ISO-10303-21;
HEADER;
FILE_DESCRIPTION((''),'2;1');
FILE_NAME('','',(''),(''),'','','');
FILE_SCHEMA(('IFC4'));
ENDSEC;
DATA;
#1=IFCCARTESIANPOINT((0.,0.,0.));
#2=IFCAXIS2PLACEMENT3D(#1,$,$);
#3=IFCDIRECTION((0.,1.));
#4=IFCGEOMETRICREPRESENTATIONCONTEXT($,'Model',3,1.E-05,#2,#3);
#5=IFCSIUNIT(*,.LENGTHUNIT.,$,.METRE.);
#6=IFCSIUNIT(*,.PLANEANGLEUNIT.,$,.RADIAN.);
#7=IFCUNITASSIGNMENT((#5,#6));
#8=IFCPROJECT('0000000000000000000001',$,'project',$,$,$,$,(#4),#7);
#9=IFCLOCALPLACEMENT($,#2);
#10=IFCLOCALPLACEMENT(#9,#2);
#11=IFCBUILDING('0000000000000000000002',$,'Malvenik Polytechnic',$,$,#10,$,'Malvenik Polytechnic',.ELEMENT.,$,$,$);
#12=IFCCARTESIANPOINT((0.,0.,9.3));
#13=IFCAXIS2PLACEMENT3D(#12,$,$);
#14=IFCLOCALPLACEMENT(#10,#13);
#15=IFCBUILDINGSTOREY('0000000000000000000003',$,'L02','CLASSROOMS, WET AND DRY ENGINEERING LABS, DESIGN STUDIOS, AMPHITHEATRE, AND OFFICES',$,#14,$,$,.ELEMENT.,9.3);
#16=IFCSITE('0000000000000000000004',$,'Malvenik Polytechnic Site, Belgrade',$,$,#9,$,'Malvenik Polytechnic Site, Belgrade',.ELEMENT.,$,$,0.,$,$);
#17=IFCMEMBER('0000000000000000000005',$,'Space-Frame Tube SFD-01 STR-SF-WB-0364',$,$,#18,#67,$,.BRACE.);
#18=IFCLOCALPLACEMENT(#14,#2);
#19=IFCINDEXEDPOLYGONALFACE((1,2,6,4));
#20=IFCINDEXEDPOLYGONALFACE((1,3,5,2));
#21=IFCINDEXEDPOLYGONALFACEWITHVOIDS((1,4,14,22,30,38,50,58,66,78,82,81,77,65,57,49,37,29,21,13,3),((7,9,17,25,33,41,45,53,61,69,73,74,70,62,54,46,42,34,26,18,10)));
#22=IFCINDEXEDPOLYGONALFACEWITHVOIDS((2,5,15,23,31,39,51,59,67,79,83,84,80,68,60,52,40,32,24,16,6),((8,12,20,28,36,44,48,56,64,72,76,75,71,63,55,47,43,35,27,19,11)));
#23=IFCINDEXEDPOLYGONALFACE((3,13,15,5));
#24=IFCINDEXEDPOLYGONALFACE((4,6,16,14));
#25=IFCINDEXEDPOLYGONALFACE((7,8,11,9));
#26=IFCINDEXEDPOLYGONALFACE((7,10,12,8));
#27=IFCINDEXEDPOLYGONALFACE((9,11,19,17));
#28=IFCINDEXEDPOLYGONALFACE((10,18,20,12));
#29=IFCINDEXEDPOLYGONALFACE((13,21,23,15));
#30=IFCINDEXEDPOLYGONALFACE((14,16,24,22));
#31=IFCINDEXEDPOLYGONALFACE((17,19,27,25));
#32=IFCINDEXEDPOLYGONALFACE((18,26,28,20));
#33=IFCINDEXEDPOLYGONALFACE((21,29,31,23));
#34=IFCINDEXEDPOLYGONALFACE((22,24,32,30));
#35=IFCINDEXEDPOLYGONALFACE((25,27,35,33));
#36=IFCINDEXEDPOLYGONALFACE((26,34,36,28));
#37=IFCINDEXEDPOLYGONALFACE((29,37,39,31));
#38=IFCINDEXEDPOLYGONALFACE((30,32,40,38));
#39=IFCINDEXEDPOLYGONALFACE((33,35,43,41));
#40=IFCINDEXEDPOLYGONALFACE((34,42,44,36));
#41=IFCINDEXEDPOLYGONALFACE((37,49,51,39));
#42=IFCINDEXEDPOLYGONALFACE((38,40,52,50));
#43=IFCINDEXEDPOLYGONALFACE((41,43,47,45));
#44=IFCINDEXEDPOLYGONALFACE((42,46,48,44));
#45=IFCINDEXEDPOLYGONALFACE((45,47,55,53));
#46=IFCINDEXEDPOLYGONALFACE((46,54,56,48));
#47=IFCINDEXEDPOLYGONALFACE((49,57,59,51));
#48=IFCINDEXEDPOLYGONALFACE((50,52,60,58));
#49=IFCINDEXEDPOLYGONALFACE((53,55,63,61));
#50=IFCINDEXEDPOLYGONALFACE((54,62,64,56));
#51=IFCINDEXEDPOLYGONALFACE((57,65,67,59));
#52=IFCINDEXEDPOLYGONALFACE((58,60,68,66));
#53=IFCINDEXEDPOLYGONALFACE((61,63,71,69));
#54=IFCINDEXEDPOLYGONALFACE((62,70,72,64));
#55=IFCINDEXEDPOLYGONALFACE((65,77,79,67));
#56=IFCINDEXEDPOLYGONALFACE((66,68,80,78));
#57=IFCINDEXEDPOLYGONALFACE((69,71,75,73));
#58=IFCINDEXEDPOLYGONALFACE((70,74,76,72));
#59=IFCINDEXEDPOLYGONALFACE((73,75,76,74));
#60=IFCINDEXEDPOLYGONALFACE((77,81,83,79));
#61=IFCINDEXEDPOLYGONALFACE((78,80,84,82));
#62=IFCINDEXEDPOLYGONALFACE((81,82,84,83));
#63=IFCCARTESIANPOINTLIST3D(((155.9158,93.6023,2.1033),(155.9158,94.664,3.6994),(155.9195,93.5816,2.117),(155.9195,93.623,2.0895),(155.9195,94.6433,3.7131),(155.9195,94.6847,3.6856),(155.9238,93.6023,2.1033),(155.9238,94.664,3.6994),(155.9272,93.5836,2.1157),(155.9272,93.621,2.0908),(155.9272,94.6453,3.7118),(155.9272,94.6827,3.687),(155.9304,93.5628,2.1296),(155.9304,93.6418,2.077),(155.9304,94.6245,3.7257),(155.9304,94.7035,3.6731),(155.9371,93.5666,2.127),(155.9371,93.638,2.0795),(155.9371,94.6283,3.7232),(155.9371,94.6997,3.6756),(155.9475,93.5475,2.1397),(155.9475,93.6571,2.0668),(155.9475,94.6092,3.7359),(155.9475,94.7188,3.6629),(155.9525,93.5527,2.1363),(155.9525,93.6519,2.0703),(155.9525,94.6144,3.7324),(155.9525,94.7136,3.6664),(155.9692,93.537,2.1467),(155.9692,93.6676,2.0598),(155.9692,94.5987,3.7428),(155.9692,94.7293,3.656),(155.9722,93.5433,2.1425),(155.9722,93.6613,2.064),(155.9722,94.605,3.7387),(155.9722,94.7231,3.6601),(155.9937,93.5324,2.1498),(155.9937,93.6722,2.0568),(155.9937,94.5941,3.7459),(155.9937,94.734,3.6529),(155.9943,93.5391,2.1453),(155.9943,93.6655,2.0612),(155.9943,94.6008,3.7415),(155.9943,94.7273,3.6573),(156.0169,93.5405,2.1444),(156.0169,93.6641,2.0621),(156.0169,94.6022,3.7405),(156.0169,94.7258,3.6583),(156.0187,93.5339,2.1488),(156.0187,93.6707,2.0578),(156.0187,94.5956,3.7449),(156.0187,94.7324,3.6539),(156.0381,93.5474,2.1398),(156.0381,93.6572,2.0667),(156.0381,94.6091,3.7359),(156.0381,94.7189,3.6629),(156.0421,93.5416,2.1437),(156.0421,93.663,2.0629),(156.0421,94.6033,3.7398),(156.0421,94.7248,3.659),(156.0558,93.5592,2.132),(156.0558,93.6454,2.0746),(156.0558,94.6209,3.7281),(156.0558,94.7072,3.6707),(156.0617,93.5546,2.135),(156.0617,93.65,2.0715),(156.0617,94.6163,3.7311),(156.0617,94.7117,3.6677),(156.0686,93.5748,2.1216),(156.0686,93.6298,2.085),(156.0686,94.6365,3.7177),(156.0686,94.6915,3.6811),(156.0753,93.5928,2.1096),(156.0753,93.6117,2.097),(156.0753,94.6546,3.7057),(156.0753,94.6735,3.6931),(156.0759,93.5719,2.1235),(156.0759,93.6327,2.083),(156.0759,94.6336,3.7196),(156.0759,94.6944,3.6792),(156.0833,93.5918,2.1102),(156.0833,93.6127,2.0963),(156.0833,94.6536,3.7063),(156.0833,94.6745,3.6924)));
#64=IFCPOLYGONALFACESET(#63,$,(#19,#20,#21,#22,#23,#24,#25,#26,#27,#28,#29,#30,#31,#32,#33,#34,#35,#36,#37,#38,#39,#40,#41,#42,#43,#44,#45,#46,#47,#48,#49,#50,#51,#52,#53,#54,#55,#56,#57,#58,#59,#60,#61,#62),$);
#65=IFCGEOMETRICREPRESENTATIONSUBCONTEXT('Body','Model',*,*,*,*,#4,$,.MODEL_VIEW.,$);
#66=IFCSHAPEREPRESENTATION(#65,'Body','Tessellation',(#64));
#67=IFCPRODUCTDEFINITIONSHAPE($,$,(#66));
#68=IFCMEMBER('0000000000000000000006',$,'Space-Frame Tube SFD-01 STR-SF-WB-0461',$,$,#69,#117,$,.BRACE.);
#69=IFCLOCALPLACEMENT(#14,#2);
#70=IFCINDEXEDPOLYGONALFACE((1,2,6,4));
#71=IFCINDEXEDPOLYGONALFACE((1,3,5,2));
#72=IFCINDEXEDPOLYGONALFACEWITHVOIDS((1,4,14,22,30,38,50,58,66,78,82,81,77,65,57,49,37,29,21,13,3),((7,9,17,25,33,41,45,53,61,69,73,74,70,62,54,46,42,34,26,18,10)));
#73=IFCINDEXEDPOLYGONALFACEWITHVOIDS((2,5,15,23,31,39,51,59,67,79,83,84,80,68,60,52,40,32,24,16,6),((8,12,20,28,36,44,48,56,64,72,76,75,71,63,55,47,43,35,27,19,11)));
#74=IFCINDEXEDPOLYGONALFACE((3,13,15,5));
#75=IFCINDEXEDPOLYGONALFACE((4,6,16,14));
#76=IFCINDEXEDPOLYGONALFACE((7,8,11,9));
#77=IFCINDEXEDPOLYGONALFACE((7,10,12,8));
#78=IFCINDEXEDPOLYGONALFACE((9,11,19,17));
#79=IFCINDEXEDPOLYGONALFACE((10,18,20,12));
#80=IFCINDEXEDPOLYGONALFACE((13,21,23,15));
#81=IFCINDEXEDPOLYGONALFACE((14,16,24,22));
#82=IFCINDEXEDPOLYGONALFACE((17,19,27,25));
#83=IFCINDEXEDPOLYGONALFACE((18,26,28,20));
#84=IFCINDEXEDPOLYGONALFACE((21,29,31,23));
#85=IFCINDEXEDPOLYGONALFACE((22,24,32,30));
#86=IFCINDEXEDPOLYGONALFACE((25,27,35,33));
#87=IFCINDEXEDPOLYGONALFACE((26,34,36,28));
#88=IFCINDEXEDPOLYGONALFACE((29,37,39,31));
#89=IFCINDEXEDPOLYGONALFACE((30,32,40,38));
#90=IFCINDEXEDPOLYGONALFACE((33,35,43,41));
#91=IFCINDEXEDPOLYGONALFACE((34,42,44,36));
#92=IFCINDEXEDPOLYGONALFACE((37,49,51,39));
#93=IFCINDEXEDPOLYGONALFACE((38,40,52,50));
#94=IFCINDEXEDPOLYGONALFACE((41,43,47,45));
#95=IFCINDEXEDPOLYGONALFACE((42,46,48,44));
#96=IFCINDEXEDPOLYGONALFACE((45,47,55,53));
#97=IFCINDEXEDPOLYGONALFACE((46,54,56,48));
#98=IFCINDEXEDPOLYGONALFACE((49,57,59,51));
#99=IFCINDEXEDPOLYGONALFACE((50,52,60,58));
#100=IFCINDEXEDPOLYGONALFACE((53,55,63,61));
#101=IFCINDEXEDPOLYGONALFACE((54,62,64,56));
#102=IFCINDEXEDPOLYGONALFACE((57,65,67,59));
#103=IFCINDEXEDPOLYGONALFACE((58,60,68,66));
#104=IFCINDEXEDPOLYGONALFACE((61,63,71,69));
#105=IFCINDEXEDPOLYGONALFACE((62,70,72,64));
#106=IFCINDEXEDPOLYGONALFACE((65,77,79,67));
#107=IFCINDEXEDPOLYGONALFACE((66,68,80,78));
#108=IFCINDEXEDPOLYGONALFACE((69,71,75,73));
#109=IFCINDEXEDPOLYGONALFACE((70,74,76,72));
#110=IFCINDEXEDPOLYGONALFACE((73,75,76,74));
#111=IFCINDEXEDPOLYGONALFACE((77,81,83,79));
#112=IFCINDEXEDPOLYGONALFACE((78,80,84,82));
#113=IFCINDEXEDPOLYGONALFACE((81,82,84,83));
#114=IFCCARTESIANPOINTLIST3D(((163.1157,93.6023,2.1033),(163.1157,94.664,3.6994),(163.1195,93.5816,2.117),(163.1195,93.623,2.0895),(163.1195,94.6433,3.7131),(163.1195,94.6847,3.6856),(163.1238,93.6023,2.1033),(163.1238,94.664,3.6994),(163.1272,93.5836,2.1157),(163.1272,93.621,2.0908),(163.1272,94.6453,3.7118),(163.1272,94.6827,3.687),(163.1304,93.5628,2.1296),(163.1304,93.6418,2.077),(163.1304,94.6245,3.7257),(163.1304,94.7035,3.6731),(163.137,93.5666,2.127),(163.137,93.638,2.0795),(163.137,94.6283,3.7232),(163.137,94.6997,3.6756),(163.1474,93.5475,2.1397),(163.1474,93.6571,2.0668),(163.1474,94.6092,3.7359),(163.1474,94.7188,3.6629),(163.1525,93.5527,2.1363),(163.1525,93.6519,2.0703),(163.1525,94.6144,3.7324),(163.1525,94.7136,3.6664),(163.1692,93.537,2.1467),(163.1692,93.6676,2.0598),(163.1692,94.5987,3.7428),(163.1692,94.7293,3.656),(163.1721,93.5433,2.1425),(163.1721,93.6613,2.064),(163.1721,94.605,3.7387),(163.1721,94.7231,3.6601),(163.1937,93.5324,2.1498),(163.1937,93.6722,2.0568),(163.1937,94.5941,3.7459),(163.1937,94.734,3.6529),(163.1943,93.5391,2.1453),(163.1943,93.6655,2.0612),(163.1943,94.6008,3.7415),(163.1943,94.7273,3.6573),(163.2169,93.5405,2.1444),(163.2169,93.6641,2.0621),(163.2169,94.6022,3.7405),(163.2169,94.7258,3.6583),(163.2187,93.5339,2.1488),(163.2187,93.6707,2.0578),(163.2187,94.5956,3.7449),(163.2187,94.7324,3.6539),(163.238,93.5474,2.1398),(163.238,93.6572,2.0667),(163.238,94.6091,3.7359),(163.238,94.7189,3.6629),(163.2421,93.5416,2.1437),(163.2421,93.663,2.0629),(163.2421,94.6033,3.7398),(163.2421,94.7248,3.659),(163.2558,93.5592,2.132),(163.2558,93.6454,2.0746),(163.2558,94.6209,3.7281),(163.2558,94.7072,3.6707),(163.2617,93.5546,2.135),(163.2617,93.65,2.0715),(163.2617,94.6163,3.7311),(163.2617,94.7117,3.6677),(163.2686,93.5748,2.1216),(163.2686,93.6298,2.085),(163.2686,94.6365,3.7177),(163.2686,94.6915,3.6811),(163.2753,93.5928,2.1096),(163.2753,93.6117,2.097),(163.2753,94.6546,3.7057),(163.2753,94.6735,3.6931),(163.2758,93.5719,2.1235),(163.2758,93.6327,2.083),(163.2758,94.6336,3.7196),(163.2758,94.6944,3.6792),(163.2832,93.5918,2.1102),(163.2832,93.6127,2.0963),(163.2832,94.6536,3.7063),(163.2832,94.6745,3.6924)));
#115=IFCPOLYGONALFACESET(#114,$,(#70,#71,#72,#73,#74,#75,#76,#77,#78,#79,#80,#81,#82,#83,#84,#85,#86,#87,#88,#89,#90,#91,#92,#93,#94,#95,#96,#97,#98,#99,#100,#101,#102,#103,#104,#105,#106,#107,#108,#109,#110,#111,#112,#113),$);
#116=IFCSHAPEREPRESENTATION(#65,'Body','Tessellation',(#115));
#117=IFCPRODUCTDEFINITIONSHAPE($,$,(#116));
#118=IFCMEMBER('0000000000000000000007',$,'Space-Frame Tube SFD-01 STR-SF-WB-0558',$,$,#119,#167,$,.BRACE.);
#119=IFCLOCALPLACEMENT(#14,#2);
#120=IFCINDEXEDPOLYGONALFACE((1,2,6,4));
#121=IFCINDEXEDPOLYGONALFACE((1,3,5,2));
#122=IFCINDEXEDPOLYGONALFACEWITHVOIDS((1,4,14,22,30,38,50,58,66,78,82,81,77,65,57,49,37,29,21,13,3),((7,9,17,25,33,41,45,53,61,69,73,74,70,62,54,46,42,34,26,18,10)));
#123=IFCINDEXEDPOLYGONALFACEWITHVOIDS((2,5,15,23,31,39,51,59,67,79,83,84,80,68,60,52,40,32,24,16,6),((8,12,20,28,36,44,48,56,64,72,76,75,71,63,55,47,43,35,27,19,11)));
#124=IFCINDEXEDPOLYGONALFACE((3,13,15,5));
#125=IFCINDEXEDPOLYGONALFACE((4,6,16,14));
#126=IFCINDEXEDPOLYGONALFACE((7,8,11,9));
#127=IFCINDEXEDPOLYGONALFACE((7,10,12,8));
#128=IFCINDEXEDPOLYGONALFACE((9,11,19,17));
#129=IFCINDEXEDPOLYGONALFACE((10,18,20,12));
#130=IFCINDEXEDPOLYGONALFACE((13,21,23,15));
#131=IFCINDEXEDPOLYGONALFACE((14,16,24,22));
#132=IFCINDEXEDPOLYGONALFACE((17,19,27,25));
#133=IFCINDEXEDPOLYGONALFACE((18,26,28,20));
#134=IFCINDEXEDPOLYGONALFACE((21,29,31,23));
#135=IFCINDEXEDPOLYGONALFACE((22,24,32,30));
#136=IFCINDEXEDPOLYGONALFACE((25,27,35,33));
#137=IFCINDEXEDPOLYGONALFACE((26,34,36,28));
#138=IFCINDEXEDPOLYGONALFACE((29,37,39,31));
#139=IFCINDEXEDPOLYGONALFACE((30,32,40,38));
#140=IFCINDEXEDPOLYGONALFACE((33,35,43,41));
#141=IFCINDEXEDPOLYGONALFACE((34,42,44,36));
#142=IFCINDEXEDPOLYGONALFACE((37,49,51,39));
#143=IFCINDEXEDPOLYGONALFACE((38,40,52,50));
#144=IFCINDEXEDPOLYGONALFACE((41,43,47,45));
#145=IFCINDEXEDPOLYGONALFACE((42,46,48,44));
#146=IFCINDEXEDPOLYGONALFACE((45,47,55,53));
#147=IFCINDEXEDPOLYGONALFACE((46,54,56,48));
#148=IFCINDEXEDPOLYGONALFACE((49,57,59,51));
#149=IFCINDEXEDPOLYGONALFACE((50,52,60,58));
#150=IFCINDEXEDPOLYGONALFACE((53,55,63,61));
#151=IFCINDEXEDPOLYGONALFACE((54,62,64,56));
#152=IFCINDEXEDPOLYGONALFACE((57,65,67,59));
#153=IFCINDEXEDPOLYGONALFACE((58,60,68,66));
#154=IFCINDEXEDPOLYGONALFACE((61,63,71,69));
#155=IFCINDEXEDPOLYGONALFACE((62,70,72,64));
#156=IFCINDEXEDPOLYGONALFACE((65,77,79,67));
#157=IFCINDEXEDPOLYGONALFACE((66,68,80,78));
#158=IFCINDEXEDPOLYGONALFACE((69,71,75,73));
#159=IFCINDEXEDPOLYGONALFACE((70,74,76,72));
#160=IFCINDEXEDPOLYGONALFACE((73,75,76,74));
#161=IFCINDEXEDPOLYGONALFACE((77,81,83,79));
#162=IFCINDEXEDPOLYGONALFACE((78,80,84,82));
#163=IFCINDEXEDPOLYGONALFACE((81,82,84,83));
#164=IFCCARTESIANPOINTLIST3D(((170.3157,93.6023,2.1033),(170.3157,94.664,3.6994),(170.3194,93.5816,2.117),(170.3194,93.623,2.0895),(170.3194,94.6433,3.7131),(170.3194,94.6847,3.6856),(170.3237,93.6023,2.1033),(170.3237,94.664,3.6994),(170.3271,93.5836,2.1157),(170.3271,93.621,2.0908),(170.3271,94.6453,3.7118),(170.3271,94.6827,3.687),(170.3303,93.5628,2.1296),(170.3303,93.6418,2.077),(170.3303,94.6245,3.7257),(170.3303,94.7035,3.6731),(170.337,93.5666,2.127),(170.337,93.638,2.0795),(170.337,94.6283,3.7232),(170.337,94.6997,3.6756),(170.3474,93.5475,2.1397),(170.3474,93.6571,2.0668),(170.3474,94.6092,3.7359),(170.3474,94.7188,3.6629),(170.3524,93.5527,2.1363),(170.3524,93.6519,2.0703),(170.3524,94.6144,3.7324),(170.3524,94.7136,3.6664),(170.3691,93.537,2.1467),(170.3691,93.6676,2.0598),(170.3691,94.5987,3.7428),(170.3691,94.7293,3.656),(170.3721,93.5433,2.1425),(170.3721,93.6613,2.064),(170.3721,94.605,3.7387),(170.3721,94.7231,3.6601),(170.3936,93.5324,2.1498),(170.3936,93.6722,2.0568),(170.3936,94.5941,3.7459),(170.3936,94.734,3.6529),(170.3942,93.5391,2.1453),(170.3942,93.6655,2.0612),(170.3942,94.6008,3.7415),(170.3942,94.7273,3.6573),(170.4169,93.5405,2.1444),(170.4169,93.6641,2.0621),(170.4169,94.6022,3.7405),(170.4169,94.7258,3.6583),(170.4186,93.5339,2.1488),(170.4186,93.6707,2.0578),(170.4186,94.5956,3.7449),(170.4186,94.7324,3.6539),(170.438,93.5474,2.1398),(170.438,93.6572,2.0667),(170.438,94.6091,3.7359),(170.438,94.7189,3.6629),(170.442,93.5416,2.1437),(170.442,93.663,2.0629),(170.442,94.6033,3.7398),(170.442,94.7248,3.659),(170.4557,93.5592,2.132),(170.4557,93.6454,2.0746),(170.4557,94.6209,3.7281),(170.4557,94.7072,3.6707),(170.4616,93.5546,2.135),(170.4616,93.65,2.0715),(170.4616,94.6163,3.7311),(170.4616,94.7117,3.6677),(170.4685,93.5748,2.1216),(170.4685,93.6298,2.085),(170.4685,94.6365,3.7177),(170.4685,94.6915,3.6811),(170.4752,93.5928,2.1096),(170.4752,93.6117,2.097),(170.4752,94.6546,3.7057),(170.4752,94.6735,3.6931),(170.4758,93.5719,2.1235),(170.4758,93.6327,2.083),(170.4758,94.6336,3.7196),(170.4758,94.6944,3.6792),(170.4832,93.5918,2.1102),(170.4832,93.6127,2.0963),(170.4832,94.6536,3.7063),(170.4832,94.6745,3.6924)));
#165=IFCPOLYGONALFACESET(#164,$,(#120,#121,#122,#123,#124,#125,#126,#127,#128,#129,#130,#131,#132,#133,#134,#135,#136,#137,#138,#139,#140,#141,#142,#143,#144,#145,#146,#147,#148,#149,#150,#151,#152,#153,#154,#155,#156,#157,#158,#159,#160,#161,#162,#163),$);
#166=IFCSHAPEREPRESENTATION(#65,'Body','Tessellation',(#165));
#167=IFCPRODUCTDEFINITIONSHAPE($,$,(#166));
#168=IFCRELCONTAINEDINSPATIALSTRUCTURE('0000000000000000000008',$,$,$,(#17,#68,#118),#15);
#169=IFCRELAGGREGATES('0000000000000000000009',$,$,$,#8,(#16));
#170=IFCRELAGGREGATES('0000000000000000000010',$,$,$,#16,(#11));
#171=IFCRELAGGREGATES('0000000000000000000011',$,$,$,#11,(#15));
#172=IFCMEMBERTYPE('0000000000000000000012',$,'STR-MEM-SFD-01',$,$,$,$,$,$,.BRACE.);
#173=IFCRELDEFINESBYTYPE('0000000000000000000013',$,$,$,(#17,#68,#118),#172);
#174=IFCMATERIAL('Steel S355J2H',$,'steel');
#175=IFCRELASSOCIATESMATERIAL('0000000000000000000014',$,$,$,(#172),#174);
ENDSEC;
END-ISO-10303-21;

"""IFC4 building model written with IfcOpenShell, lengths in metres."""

from ifc_helpers import new_model, si_unit, direction, frame, origin, origin_2d, place, context, subcontext, project, spatial, hollow_circle, extrude, material, material_profile, profile_set, type_object, element, save


model = new_model("IFC4")

# Units and contexts
model_context = context("Model", 3, precision=1e-05, world=origin(), true_north=direction((0.0, 1.0)))
body_context = subcontext(model_context, "Body", "Model", "MODEL_VIEW")
ifc_project = project(units=[si_unit("LENGTHUNIT", "METRE"), si_unit("PLANEANGLEUNIT", "RADIAN")], contexts=[model_context])

# Site, building, storey
site_placement = place(None, origin())
site = spatial("IfcSite", under=ifc_project, at=site_placement, Name="Malvenik Polytechnic Site, Belgrade", LongName="Malvenik Polytechnic Site, Belgrade", CompositionType="ELEMENT", RefElevation=0.0)
building_placement = place(site_placement, origin())
building = spatial("IfcBuilding", under=site, at=building_placement, Name="Malvenik Polytechnic", LongName="Malvenik Polytechnic", CompositionType="ELEMENT")
storey_placement = place(building_placement, frame((0.0, 0.0, 9.3)))
storey = spatial("IfcBuildingStorey", under=building, at=storey_placement, Name="L02", Description="CLASSROOMS, WET AND DRY ENGINEERING LABS, DESIGN STUDIOS, AMPHITHEATRE, AND OFFICES", CompositionType="ELEMENT", Elevation=9.3)

# Members
ifc_material_1 = material(Name="Steel S355J2H", Category="steel")
ifc_material_profile_1 = material_profile(ifc_material_1, hollow_circle(Radius=0.0842, WallThickness=0.0081, at=origin_2d()), Name="CHS 168.3x8.0")
ifc_profile_set_1 = profile_set([ifc_material_profile_1], Name="Steel S355J2H")
member_type_1 = type_object("IfcMemberType", Name="STR-MEM-SFD-01", PredefinedType="BRACE", material=ifc_profile_set_1)
for number, where, z_axis, x_axis, name in (
    (1, (156.0, 93.6023, 2.1033), (0.0, 0.553848, 0.832618), (-1.0, 0.0, 0.0), "Space-Frame Tube SFD-01 STR-SF-WB-0364"),
    (2, (163.2, 93.6023, 2.1033), (0.0, 0.553848, 0.832618), (-1.0, 0.0, 0.0), "Space-Frame Tube SFD-01 STR-SF-WB-0461"),
    (3, (170.3999, 93.6023, 2.1033), (0.0, 0.553848, 0.832618), (-1.0, 0.0, 0.0), "Space-Frame Tube SFD-01 STR-SF-WB-0558"),
):
    element("IfcMember", number, at=place(storey_placement, frame(where, z_axis=z_axis, x_axis=x_axis)), inside=storey, type_object=member_type_1, Name=name, PredefinedType="BRACE", context=body_context, shape_type="SweptSolid", body=[
        extrude(hollow_circle(Radius=0.0842, WallThickness=0.0081, at=origin_2d()), origin(), (0.0, 0.0, 1.0), 1.917),
    ])

save(model, "model.ifc")
